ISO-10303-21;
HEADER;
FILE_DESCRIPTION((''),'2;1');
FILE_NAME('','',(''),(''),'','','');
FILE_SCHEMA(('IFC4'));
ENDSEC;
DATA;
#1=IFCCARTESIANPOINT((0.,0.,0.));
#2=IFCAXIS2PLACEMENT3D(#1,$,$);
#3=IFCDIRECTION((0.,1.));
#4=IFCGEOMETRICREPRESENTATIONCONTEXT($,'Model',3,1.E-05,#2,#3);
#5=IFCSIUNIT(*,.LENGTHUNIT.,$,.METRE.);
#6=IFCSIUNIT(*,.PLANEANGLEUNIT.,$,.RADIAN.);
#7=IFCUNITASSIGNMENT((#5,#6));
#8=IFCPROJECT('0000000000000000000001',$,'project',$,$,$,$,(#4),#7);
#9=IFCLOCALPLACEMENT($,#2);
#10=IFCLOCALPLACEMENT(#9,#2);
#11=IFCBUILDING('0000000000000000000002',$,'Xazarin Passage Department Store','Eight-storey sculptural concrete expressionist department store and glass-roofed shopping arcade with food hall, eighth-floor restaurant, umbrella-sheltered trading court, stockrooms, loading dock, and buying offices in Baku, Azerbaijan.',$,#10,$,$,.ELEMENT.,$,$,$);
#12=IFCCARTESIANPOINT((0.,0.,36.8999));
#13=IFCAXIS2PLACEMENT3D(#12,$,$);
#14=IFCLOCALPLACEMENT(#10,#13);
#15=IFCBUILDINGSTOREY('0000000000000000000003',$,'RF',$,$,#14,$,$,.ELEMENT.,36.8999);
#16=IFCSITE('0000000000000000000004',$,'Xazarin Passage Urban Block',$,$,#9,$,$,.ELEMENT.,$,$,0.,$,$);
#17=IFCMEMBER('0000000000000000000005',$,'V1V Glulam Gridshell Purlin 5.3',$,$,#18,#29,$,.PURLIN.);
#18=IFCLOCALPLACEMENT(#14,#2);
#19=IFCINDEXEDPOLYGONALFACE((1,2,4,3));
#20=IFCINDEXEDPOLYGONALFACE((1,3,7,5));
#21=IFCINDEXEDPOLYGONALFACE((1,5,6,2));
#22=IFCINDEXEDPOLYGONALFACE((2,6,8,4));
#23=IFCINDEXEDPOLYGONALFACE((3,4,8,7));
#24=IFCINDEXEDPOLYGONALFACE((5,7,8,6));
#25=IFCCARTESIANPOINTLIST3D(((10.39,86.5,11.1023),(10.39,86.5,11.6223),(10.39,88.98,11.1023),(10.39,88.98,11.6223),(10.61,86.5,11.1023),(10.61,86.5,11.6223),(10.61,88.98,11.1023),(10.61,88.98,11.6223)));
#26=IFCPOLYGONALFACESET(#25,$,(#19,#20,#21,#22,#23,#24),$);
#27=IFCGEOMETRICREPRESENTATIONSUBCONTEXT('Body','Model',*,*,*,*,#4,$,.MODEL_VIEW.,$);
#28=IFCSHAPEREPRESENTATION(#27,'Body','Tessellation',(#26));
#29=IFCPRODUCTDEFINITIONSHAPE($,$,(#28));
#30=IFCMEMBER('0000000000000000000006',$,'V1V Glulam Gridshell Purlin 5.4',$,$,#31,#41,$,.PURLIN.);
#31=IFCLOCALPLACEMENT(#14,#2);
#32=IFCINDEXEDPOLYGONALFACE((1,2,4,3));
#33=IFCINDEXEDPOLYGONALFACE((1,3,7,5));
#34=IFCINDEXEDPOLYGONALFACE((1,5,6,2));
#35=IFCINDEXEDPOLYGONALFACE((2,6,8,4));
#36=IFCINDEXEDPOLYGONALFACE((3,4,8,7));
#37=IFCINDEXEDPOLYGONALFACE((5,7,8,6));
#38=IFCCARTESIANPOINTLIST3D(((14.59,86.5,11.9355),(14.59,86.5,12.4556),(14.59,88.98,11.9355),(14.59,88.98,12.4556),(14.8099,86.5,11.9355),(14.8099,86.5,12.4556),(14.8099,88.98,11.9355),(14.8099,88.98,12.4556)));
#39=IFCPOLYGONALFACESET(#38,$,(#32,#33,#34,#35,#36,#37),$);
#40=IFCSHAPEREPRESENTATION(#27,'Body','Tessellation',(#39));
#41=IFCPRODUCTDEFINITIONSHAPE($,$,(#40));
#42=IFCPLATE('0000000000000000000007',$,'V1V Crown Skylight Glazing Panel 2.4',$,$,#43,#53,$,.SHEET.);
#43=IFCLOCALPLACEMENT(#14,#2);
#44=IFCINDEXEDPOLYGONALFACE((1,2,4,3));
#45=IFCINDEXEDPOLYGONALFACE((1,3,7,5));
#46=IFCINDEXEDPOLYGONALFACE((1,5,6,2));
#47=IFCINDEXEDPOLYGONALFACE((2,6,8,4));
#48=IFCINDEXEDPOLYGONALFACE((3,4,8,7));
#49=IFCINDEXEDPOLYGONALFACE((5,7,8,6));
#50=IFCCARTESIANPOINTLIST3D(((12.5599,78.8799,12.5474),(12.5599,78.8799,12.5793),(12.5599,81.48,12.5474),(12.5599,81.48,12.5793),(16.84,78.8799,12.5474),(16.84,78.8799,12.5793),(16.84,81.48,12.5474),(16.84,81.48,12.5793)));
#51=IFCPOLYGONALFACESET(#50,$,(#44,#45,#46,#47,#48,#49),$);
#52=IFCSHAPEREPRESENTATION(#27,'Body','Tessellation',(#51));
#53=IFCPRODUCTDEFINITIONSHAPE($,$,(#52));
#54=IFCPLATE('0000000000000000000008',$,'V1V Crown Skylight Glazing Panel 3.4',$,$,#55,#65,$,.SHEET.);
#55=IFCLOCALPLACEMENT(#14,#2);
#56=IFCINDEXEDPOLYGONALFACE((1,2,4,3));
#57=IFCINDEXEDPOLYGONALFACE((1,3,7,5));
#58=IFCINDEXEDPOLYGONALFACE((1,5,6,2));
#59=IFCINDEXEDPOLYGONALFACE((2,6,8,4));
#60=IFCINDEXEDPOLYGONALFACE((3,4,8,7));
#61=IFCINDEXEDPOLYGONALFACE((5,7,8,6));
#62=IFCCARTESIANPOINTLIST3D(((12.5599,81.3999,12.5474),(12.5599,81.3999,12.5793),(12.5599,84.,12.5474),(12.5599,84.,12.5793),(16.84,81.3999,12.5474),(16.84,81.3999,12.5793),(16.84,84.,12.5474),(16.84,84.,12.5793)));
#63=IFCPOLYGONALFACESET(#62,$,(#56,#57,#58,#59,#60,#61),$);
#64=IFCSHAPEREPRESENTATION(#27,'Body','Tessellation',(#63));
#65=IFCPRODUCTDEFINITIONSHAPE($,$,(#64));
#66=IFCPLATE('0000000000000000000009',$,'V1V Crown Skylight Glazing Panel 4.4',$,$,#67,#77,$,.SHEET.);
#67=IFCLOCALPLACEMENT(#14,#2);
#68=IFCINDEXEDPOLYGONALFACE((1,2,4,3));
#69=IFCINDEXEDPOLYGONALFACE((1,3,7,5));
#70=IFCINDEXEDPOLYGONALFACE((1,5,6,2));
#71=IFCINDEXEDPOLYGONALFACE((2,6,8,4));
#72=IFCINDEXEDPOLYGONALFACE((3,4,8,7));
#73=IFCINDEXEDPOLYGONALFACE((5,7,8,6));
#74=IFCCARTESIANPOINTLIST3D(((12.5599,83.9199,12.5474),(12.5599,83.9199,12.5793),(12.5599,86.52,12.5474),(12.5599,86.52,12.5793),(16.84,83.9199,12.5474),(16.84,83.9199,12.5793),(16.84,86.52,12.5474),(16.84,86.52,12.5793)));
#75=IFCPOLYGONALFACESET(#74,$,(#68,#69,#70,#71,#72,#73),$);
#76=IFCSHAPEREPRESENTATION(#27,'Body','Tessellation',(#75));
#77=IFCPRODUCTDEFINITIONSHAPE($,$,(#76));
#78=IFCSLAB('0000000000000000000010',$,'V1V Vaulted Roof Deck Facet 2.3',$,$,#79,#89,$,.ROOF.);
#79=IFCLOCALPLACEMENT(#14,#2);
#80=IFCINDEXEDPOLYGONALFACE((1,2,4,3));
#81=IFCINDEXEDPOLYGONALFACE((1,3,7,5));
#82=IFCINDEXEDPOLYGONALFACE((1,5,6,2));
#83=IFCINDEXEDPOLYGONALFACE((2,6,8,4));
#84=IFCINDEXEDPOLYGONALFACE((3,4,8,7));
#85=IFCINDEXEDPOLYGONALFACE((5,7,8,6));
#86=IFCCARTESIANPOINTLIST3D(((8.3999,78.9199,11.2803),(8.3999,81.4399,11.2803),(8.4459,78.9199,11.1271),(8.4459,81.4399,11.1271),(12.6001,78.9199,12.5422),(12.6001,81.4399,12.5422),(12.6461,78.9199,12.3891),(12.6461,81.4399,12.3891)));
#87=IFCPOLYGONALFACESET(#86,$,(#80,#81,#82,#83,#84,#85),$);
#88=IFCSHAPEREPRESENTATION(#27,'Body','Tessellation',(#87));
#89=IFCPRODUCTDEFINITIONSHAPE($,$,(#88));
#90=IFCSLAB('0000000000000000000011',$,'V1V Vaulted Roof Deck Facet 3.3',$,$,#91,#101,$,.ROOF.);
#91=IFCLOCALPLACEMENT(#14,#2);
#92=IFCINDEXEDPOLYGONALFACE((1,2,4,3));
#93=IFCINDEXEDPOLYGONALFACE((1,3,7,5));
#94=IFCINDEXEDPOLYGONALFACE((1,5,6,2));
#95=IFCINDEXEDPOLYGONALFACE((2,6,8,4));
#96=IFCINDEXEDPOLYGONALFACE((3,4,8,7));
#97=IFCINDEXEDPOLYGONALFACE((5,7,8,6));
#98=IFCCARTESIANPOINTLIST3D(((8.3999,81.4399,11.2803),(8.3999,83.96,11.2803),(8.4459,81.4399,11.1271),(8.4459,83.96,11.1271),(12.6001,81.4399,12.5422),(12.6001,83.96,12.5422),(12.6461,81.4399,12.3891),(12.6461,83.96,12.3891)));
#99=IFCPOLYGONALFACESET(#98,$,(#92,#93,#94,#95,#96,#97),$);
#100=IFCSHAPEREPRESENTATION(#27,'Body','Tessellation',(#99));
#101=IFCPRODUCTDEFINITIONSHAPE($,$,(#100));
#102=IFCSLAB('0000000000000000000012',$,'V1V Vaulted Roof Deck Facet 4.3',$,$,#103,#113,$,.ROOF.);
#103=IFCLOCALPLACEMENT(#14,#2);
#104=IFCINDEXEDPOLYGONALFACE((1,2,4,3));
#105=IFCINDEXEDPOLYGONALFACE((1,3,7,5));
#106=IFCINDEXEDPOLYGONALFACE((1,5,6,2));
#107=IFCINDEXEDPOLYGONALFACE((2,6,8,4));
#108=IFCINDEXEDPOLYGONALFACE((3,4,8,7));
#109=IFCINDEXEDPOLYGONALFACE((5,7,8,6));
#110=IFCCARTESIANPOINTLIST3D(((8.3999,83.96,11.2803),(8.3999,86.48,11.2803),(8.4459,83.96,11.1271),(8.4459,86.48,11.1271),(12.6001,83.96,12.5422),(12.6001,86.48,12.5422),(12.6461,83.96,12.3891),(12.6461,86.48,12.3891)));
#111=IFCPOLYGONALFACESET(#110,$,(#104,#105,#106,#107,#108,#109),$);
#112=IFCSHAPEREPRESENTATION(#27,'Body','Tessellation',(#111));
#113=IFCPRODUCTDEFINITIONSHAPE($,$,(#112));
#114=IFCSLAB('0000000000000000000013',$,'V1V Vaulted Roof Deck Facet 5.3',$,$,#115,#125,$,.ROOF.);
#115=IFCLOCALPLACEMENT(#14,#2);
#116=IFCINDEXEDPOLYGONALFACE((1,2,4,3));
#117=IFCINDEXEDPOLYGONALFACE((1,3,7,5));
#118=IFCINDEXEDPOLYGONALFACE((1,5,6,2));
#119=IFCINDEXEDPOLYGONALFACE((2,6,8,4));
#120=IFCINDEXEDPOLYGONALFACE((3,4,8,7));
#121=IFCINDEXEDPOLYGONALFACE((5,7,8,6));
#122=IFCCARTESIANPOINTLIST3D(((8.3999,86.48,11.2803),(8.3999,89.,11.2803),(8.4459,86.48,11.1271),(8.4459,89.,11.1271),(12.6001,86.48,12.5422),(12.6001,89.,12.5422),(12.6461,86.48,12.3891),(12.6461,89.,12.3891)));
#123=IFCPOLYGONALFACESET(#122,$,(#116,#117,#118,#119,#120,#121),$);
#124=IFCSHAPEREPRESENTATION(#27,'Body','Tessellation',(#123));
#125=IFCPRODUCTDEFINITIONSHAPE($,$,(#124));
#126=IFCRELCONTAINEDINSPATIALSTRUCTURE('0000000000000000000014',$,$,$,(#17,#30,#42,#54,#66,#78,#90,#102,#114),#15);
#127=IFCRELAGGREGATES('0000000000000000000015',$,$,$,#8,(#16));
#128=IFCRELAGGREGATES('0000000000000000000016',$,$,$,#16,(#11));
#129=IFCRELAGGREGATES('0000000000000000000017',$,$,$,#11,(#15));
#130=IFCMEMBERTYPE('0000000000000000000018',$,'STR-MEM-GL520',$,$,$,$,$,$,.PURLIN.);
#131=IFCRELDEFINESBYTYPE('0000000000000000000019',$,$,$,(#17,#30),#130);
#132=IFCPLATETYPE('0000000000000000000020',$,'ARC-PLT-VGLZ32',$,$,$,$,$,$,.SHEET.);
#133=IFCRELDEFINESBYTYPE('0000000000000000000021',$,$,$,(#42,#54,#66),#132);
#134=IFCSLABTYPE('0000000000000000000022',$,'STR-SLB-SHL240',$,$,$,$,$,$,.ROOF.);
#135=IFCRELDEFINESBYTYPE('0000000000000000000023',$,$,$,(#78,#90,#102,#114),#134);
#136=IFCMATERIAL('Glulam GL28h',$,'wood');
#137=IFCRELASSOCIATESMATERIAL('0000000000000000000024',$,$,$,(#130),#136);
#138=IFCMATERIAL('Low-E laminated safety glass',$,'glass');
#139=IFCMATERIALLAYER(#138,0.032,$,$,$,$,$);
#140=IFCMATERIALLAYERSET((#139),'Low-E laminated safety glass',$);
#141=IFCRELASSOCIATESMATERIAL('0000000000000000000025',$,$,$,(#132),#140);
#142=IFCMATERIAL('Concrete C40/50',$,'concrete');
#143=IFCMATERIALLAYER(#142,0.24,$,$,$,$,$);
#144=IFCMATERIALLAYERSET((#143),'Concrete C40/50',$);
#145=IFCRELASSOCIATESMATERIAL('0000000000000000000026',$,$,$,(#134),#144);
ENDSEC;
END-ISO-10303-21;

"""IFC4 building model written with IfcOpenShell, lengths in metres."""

from ifc_helpers import new_model, si_unit, direction, frame, origin, origin_2d, place, context, subcontext, project, spatial, polyline, rectangle, outline, extrude, material, layer, layer_set, material_profile, profile_set, type_object, element, save


model = new_model("IFC4")

# Units and contexts
model_context = context("Model", 3, precision=1e-05, world=origin(), true_north=direction((0.0, 1.0)))
body_context = subcontext(model_context, "Body", "Model", "MODEL_VIEW")
ifc_project = project(units=[si_unit("LENGTHUNIT", "METRE"), si_unit("PLANEANGLEUNIT", "RADIAN")], contexts=[model_context])

# Site, building, storey
site_placement = place(None, origin())
site = spatial("IfcSite", under=ifc_project, at=site_placement, Name="Xazarin Passage Urban Block", CompositionType="ELEMENT", RefElevation=0.0)
building_placement = place(site_placement, origin())
building = spatial("IfcBuilding", under=site, at=building_placement, Name="Xazarin Passage Department Store", Description="Eight-storey sculptural concrete expressionist department store and glass-roofed shopping arcade with food hall, eighth-floor restaurant, umbrella-sheltered trading court, stockrooms, loading dock, and buying offices in Baku, Azerbaijan.", CompositionType="ELEMENT")
storey_placement = place(building_placement, frame((0.0, 0.0, 36.8999)))
storey = spatial("IfcBuildingStorey", under=building, at=storey_placement, Name="RF", CompositionType="ELEMENT", Elevation=36.8999)

# Members
ifc_material_1 = material(Name="Glulam GL28h", Category="wood")
ifc_material_profile_1 = material_profile(ifc_material_1, rectangle(XDim=0.22, YDim=0.52, at=origin_2d()), Name="GL28h 220x520")
ifc_profile_set_1 = profile_set([ifc_material_profile_1], Name="Glulam GL28h")
member_type = type_object("IfcMemberType", Name="STR-MEM-GL520", PredefinedType="PURLIN", material=ifc_profile_set_1)
for number, where, z_axis, x_axis, name in (
    (1, (10.5, 86.5, 11.3623), (0.0, 1.0, 0.0), (-1.0, 0.0, 0.0), "V1V Glulam Gridshell Purlin 5.3"),
    (2, (14.7, 86.5, 12.1956), (0.0, 1.0, 0.0), (-1.0, 0.0, 0.0), "V1V Glulam Gridshell Purlin 5.4"),
):
    element("IfcMember", number, at=place(storey_placement, frame(where, z_axis=z_axis, x_axis=x_axis)), inside=storey, type_object=member_type, Name=name, PredefinedType="PURLIN", context=body_context, shape_type="SweptSolid", body=[
        extrude(rectangle(XDim=0.22, YDim=0.52, at=origin_2d()), origin(), (0.0, 0.0, 1.0), 2.48),
    ])

# Plates
ifc_material_2 = material(Name="Low-E laminated safety glass", Category="glass")
ifc_layer_1 = layer(ifc_material_2, 0.032)
ifc_layer_set_1 = layer_set([ifc_layer_1], Name="Low-E laminated safety glass")
plate_type = type_object("IfcPlateType", Name="ARC-PLT-VGLZ32", PredefinedType="SHEET", material=ifc_layer_set_1)
for number, where, z_axis, x_axis, name in (
    (3, (14.7, 80.1799, 12.5474), (0.0, 0.0, 1.0), (1.0, 0.0, 0.0), "V1V Crown Skylight Glazing Panel 2.4"),
    (4, (14.7, 82.7, 12.5474), (0.0, 0.0, 1.0), (1.0, 0.0, 0.0), "V1V Crown Skylight Glazing Panel 3.4"),
    (5, (14.7, 85.22, 12.5474), (0.0, 0.0, 1.0), (1.0, 0.0, 0.0), "V1V Crown Skylight Glazing Panel 4.4"),
):
    element("IfcPlate", number, at=place(storey_placement, frame(where, z_axis=z_axis, x_axis=x_axis)), inside=storey, type_object=plate_type, Name=name, PredefinedType="SHEET", context=body_context, shape_type="SweptSolid", body=[
        extrude(rectangle(XDim=4.28, YDim=2.6001, at=origin_2d()), origin(), (0.0, 0.0, 1.0), 0.032),
    ])

# Slabs
ifc_material_3 = material(Name="Concrete C40/50", Category="concrete")
ifc_layer_2 = layer(ifc_material_3, 0.24)
ifc_layer_set_2 = layer_set([ifc_layer_2], Name="Concrete C40/50")
slab_type = type_object("IfcSlabType", Name="STR-SLB-SHL240", PredefinedType="ROOF", material=ifc_layer_set_2)
for number, where, z_axis, x_axis, name in (
    (6, (8.3999, 78.9199, 11.2803), (-0.287746, 0.0, 0.957707), (0.957707, 0.0, 0.287746), "V1V Vaulted Roof Deck Facet 2.3"),
    (7, (8.3999, 81.4399, 11.2803), (-0.287746, 0.0, 0.957707), (0.957707, 0.0, 0.287746), "V1V Vaulted Roof Deck Facet 3.3"),
    (8, (8.3999, 83.96, 11.2803), (-0.287746, 0.0, 0.957707), (0.957707, 0.0, 0.287746), "V1V Vaulted Roof Deck Facet 4.3"),
    (9, (8.3999, 86.48, 11.2803), (-0.287746, 0.0, 0.957707), (0.957707, 0.0, 0.287746), "V1V Vaulted Roof Deck Facet 5.3"),
):
    element("IfcSlab", number, at=place(storey_placement, frame(where, z_axis=z_axis, x_axis=x_axis)), inside=storey, type_object=slab_type, Name=name, PredefinedType="ROOF", context=body_context, shape_type="SweptSolid", body=[
        extrude(outline(polyline([(0.0, 0.0), (4.3857, 0.0), (4.3857, 2.52), (0.0, 2.52), (0.0, 0.0)])), origin(), (0.0, 0.0, -1.0), 0.1599),
    ])

save(model, "model.ifc")
